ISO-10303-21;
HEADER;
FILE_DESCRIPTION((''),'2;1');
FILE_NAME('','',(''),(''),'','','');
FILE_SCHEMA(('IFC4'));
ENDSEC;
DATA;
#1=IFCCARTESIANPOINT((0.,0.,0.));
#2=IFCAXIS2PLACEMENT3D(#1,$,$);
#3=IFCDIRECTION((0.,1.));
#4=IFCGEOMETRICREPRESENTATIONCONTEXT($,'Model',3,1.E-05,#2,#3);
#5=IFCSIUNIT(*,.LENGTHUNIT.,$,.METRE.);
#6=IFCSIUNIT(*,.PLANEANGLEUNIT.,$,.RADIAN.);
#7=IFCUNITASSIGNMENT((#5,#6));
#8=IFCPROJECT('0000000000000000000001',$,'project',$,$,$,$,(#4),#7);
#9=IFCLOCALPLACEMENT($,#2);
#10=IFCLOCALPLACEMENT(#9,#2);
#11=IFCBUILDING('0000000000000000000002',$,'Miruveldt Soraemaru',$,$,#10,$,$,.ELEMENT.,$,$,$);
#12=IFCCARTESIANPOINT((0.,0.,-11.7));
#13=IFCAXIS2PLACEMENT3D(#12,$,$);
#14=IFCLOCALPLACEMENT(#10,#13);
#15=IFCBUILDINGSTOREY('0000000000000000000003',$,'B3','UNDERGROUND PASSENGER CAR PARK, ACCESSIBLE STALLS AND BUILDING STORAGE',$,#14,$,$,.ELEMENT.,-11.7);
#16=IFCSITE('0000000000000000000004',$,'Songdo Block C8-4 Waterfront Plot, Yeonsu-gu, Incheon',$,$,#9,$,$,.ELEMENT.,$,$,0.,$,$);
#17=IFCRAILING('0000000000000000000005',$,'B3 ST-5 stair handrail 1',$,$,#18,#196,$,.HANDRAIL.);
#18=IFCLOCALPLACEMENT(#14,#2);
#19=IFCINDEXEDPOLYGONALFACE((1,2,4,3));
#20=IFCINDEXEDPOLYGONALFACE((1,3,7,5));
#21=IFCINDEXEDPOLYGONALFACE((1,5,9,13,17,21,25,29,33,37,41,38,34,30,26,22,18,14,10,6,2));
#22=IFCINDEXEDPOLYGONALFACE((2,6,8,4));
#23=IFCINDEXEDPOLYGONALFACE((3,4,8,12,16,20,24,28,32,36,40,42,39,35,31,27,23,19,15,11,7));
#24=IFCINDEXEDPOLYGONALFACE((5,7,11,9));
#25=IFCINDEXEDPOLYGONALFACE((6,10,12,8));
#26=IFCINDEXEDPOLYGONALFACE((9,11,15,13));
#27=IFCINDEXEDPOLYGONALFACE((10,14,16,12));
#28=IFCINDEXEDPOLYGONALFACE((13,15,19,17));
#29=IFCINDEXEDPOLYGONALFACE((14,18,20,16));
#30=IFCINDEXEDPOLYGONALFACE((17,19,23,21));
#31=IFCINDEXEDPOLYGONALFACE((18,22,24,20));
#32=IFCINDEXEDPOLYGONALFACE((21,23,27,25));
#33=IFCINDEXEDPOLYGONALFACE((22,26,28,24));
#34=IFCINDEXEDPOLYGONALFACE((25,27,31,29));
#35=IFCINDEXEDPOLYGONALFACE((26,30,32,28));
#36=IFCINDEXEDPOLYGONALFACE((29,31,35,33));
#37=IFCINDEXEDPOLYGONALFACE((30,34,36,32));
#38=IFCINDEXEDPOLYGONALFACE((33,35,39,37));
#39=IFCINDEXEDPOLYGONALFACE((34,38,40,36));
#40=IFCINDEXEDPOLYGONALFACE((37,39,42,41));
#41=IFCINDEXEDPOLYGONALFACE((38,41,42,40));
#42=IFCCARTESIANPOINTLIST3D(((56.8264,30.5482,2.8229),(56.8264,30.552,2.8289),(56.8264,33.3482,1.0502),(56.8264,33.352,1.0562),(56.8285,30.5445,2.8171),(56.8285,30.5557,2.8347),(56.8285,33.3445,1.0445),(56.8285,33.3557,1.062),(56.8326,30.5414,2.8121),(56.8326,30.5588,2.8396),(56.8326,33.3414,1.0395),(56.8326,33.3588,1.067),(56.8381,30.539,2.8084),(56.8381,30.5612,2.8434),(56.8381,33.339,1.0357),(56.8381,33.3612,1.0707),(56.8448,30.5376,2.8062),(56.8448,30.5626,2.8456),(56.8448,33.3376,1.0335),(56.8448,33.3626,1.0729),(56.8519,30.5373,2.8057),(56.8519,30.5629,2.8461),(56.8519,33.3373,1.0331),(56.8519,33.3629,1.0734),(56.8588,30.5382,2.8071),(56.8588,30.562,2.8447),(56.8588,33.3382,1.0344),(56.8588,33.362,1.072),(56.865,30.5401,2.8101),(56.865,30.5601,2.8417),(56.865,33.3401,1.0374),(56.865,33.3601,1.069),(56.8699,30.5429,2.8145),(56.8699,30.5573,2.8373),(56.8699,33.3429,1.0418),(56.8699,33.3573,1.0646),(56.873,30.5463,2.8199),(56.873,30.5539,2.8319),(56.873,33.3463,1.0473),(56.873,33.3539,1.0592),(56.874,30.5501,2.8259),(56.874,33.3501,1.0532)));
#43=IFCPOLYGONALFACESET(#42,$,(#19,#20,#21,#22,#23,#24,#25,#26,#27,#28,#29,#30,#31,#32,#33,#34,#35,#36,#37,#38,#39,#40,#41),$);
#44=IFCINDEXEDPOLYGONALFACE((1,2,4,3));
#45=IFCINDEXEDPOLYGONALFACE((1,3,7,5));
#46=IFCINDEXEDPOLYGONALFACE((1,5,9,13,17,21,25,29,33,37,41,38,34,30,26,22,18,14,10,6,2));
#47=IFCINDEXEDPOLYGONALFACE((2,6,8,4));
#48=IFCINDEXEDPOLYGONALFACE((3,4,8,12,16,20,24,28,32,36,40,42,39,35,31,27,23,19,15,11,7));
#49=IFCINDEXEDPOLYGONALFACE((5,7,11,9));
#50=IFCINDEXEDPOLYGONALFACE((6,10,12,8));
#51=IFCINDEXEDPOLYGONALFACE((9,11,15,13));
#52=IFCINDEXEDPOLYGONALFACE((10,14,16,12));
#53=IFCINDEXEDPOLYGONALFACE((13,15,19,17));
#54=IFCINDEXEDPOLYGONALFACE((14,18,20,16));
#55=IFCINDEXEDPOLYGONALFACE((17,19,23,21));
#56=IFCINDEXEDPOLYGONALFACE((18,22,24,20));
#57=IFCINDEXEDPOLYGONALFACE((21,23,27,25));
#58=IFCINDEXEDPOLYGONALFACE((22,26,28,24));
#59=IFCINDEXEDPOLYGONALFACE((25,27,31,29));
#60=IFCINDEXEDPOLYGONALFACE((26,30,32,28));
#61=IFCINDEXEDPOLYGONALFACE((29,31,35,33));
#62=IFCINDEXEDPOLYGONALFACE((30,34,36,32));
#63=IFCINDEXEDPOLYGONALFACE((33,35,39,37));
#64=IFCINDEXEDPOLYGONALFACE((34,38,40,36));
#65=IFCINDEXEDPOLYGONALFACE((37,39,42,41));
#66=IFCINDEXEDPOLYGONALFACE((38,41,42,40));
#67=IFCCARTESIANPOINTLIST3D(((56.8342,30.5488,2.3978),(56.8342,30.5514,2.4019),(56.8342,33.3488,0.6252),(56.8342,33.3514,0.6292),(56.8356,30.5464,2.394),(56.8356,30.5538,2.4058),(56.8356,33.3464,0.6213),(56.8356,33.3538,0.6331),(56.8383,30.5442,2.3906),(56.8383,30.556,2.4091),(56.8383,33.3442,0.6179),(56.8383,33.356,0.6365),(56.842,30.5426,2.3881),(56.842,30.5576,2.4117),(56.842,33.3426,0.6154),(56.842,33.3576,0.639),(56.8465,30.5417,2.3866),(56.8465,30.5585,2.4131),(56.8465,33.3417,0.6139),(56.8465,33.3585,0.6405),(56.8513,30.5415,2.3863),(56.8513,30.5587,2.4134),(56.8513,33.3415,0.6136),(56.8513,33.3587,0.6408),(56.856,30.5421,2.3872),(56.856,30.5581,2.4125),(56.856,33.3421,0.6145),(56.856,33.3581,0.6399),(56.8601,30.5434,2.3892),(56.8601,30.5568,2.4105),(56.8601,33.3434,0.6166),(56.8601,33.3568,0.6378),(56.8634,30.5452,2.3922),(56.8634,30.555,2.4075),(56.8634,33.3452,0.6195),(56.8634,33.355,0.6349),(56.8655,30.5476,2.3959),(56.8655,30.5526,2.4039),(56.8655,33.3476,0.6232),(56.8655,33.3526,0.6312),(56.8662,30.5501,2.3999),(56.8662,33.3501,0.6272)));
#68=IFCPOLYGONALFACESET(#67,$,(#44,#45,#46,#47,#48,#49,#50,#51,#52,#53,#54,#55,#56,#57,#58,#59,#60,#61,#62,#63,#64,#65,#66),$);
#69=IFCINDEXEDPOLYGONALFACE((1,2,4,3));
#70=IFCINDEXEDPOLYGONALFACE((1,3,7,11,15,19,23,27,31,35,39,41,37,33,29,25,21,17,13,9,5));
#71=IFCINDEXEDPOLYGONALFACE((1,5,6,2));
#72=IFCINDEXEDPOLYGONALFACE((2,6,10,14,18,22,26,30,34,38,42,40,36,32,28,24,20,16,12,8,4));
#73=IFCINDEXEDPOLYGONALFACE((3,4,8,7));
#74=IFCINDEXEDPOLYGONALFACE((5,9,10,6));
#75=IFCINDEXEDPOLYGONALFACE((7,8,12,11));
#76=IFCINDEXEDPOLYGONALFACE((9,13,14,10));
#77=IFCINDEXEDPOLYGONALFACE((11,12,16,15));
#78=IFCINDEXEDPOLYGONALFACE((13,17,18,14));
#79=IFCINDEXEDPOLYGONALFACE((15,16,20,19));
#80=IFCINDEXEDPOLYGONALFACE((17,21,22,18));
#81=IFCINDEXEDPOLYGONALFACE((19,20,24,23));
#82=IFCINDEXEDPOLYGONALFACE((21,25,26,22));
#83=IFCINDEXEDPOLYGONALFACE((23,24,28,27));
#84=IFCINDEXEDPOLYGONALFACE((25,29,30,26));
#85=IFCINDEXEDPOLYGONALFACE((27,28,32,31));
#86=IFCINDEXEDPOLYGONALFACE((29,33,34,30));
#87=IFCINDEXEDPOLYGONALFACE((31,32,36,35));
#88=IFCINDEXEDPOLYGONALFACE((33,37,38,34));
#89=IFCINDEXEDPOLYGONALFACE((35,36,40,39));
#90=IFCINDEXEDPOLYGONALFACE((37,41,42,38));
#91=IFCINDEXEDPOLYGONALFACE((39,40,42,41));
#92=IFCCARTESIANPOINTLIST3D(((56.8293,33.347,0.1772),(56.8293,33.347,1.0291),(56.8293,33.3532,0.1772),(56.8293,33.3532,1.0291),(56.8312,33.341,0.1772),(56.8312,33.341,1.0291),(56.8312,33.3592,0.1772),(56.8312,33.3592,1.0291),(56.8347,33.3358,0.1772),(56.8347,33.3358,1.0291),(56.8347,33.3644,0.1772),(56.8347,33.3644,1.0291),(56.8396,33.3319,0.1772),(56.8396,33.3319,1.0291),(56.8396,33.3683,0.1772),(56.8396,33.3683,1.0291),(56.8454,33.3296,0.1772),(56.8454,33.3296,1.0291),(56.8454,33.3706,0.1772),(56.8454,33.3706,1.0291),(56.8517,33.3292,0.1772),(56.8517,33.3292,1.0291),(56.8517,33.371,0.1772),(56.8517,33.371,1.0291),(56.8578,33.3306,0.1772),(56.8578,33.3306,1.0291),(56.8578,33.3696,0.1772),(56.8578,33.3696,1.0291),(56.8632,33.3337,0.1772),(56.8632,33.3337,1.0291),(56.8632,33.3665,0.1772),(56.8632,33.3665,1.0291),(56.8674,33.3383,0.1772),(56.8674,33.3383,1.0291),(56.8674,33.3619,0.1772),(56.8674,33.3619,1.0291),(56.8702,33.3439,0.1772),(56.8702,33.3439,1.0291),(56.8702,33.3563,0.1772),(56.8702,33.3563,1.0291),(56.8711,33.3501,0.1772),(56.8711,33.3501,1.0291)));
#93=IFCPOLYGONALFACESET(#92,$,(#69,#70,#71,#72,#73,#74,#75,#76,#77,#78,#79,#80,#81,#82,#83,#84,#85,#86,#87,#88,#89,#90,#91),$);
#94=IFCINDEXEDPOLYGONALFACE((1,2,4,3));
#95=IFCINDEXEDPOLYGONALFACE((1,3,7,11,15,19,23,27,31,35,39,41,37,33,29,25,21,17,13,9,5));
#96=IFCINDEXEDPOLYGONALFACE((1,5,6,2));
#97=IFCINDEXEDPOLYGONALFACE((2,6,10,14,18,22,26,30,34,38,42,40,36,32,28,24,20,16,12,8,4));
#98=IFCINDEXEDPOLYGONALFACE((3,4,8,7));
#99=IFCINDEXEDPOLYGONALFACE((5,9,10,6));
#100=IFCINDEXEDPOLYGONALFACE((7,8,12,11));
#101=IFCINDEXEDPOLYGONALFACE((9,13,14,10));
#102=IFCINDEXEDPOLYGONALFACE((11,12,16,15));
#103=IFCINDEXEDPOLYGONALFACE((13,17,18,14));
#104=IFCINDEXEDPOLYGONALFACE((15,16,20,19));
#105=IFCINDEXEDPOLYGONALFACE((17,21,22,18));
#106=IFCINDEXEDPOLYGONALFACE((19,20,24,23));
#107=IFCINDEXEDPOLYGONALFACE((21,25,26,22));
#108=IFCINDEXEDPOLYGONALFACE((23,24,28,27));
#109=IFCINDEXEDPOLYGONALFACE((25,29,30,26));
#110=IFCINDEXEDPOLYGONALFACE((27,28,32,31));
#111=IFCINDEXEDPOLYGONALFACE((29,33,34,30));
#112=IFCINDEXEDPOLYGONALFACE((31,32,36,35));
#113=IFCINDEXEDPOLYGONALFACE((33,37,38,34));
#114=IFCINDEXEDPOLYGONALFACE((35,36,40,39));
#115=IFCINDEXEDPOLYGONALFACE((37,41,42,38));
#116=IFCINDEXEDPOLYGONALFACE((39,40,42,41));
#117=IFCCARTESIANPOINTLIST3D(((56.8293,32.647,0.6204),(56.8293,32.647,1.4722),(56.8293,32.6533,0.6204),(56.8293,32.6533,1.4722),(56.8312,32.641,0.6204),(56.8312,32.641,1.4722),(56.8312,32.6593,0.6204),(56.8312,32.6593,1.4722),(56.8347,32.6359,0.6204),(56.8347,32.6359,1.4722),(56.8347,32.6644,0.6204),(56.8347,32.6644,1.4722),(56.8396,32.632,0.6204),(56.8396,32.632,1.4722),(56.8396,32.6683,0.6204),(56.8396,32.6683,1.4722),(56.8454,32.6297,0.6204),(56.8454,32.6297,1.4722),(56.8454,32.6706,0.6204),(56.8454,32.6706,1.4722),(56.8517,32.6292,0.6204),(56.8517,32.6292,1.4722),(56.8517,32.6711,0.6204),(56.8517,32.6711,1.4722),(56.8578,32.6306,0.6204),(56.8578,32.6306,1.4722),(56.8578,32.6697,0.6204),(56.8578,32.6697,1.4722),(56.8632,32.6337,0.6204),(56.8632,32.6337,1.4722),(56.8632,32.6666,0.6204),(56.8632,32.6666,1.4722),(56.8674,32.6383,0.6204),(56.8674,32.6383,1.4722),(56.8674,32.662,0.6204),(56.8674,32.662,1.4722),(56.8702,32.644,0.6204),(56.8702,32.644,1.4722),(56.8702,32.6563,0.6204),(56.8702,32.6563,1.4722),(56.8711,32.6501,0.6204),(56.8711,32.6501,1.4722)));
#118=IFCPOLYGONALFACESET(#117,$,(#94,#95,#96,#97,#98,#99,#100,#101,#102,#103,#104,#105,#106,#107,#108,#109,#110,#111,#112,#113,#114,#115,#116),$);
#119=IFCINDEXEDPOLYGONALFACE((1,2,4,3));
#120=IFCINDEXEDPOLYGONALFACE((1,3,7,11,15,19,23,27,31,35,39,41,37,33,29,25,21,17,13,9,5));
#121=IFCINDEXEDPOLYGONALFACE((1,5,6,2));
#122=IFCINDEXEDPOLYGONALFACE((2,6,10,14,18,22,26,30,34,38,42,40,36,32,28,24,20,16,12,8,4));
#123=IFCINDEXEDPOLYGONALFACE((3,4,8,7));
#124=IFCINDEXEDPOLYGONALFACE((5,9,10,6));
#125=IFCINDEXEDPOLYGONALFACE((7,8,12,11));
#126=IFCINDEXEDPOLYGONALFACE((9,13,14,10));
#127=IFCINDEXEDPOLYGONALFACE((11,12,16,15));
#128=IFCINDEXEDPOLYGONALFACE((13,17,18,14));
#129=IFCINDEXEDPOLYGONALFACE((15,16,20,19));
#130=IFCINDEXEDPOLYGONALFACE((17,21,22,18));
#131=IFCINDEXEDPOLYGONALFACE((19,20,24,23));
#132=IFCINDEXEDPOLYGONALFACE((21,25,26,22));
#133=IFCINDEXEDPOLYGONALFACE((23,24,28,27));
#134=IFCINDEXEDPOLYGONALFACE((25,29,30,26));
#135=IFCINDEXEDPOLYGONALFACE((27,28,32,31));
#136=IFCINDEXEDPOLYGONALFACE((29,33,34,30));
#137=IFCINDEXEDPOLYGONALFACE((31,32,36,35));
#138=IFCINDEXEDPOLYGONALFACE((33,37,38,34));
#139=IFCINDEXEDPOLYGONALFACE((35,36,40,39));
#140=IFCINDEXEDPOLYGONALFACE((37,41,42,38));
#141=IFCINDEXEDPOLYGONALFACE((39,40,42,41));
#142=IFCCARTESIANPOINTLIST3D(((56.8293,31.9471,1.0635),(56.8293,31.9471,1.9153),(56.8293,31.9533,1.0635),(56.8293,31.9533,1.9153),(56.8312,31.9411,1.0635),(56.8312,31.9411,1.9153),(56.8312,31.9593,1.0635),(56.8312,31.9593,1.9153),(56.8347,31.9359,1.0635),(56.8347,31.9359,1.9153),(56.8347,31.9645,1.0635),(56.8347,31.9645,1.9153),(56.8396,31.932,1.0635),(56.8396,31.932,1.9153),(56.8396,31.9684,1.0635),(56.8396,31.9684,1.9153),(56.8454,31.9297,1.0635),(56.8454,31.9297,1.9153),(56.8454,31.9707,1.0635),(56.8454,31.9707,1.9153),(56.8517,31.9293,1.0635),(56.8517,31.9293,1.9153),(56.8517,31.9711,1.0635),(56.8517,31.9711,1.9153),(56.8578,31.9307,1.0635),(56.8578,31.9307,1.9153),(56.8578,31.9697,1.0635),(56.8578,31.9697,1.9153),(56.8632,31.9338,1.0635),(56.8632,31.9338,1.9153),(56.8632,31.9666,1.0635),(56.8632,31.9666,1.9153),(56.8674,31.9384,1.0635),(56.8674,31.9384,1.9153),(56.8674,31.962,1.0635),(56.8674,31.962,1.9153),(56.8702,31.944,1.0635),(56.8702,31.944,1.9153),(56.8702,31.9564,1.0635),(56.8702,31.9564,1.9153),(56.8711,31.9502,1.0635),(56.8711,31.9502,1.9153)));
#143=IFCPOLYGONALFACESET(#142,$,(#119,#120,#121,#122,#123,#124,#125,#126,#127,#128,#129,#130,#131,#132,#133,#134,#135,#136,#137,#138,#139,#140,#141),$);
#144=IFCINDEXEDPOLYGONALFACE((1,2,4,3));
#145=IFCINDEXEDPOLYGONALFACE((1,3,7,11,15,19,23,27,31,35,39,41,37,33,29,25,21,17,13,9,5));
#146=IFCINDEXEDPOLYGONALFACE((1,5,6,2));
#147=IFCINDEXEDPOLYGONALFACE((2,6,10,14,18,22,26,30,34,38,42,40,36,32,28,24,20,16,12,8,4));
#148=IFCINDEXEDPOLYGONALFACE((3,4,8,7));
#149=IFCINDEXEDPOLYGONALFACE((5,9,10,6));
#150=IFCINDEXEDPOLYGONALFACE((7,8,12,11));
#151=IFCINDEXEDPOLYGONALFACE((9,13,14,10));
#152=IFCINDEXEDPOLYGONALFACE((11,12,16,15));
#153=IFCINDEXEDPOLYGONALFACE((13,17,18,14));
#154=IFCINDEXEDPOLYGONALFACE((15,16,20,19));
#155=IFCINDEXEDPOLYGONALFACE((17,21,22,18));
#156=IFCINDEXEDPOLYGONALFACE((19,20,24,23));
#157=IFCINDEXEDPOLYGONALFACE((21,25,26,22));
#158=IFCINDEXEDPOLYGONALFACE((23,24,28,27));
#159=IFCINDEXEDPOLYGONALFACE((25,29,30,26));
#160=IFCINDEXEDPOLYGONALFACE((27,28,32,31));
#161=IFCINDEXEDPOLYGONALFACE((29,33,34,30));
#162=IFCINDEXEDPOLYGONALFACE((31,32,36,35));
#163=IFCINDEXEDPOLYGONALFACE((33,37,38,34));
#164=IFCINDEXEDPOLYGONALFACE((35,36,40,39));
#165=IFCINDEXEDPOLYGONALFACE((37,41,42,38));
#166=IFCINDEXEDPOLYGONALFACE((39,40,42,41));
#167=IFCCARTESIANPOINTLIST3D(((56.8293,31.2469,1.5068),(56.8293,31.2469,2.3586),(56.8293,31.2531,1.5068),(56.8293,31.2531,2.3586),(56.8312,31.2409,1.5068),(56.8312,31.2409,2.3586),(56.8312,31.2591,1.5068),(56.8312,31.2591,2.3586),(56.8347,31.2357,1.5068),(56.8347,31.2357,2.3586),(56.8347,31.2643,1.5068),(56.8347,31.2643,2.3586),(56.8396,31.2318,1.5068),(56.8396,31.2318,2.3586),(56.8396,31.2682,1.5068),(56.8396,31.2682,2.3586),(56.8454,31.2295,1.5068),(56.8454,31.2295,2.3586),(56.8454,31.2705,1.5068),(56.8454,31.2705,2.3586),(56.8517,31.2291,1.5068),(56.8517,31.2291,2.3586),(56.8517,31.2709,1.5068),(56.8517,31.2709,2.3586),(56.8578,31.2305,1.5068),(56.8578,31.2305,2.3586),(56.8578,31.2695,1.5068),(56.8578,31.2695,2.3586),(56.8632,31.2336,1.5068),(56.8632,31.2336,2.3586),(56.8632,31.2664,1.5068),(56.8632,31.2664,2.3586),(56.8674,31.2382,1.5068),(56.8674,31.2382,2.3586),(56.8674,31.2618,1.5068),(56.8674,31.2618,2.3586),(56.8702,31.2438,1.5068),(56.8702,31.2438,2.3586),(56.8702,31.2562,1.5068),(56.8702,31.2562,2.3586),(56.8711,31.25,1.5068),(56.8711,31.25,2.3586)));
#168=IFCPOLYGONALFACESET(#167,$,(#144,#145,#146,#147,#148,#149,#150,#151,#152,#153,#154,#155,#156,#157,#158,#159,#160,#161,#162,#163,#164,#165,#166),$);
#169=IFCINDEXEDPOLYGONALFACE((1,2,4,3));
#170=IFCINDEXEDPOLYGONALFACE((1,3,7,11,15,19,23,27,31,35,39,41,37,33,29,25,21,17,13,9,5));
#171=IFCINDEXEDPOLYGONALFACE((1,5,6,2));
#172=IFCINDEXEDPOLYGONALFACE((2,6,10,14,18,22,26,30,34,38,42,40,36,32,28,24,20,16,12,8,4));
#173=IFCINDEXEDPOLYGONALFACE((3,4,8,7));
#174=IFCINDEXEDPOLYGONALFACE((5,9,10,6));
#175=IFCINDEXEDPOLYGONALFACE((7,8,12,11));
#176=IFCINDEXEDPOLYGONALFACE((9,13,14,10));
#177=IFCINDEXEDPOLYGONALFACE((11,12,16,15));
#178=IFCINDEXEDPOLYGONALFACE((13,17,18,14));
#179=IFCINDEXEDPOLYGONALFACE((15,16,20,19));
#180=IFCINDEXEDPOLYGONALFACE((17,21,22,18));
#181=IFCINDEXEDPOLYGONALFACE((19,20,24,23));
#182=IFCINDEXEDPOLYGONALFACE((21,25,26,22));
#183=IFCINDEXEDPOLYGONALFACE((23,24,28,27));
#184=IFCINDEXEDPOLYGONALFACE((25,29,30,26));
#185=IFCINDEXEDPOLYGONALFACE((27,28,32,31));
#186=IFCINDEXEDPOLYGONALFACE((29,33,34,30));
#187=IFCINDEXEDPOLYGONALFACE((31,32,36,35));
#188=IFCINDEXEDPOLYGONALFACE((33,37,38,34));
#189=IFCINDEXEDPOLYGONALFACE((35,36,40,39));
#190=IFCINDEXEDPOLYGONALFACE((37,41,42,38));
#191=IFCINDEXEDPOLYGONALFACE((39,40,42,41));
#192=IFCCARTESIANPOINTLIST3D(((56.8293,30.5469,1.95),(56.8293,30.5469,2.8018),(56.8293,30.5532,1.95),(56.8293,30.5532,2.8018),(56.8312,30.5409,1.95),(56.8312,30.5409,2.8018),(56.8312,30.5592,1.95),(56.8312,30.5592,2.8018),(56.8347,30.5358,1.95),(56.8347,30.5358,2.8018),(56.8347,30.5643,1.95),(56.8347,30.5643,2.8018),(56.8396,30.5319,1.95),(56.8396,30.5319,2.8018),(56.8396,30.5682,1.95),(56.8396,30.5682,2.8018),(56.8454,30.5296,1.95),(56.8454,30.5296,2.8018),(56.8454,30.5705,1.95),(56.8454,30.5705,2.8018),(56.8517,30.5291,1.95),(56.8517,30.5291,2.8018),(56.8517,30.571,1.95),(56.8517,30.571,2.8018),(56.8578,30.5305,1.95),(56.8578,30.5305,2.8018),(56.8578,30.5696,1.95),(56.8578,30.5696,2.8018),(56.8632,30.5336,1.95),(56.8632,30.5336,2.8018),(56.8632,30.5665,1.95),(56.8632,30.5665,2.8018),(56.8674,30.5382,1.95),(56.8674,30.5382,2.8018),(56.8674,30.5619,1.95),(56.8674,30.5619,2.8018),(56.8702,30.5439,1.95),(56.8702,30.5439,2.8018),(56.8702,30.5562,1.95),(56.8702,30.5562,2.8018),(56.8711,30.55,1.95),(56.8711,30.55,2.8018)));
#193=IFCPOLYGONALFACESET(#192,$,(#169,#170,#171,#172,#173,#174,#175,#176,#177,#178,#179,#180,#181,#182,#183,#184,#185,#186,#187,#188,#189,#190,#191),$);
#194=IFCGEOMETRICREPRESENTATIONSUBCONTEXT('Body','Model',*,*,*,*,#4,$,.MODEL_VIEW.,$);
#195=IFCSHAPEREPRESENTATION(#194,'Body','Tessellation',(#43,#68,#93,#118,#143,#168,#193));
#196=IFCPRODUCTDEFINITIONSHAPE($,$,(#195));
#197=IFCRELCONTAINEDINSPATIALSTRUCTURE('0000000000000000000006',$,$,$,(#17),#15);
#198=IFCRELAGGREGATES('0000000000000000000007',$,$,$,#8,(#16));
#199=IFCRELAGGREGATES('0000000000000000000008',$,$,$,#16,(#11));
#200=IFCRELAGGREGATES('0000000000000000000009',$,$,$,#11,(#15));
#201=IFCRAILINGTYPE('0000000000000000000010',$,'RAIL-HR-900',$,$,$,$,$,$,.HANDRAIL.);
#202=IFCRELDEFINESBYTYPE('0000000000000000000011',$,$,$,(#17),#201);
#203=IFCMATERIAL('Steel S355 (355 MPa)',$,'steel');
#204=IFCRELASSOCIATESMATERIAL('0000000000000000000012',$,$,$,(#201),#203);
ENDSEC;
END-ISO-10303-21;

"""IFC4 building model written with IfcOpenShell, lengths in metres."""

from ifc_helpers import new_model, si_unit, direction, frame, origin, origin_2d, place, context, subcontext, project, spatial, circle, extrude, material, type_object, element, save


model = new_model("IFC4")

# Units and contexts
model_context = context("Model", 3, precision=1e-05, world=origin(), true_north=direction((0.0, 1.0)))
body_context = subcontext(model_context, "Body", "Model", "MODEL_VIEW")
ifc_project = project(units=[si_unit("LENGTHUNIT", "METRE"), si_unit("PLANEANGLEUNIT", "RADIAN")], contexts=[model_context])

# Site, building, storey
site_placement = place(None, origin())
site = spatial("IfcSite", under=ifc_project, at=site_placement, Name="Songdo Block C8-4 Waterfront Plot, Yeonsu-gu, Incheon", CompositionType="ELEMENT", RefElevation=0.0)
building_placement = place(site_placement, origin())
building = spatial("IfcBuilding", under=site, at=building_placement, Name="Miruveldt Soraemaru", CompositionType="ELEMENT")
storey_placement = place(building_placement, frame((0.0, 0.0, -11.7)))
storey = spatial("IfcBuildingStorey", under=building, at=storey_placement, Name="B3", Description="UNDERGROUND PASSENGER CAR PARK, ACCESSIBLE STALLS AND BUILDING STORAGE", CompositionType="ELEMENT", Elevation=-11.7)

# Shared definitions
ifc_material_1 = material(Name="Steel S355 (355 MPa)", Category="steel")

# Railing
railing_type_1 = type_object("IfcRailingType", Name="RAIL-HR-900", PredefinedType="HANDRAIL", material=ifc_material_1)
railing_1_placement = place(storey_placement, frame((56.8501, 33.3501, 0.1772)))
element("IfcRailing", 1, at=railing_1_placement, inside=storey, type_object=railing_type_1, Name="B3 ST-5 stair handrail 1", PredefinedType="HANDRAIL", context=body_context, shape_type="SweptSolid", body=[
    extrude(circle(Radius=0.0239, at=origin_2d()), frame((0.0, 0.0, 0.876), z_axis=(0.0, -0.844909, 0.53491), x_axis=(1.0, 0.0, 0.0)), (0.0, 0.0, 1.0), 3.314),
    extrude(circle(Radius=0.0161, at=origin_2d()), frame((0.0, 0.0, 0.45), z_axis=(0.0, -0.844909, 0.53491), x_axis=(1.0, 0.0, 0.0)), (0.0, 0.0, 1.0), 3.314),
    extrude(circle(Radius=0.021, at=origin_2d()), origin(), (0.0, 0.0, 1.0), 0.8518),
    extrude(circle(Radius=0.021, at=origin_2d()), frame((0.0, -0.7, 0.4431)), (0.0, 0.0, 1.0), 0.8518),
    extrude(circle(Radius=0.021, at=origin_2d()), frame((0.0, -1.3999, 0.8862)), (0.0, 0.0, 1.0), 0.8518),
    extrude(circle(Radius=0.021, at=origin_2d()), frame((0.0, -2.1001, 1.3296)), (0.0, 0.0, 1.0), 0.8518),
    extrude(circle(Radius=0.021, at=origin_2d()), frame((0.0, -2.8, 1.7727)), (0.0, 0.0, 1.0), 0.8518),
])

save(model, "model.ifc")
